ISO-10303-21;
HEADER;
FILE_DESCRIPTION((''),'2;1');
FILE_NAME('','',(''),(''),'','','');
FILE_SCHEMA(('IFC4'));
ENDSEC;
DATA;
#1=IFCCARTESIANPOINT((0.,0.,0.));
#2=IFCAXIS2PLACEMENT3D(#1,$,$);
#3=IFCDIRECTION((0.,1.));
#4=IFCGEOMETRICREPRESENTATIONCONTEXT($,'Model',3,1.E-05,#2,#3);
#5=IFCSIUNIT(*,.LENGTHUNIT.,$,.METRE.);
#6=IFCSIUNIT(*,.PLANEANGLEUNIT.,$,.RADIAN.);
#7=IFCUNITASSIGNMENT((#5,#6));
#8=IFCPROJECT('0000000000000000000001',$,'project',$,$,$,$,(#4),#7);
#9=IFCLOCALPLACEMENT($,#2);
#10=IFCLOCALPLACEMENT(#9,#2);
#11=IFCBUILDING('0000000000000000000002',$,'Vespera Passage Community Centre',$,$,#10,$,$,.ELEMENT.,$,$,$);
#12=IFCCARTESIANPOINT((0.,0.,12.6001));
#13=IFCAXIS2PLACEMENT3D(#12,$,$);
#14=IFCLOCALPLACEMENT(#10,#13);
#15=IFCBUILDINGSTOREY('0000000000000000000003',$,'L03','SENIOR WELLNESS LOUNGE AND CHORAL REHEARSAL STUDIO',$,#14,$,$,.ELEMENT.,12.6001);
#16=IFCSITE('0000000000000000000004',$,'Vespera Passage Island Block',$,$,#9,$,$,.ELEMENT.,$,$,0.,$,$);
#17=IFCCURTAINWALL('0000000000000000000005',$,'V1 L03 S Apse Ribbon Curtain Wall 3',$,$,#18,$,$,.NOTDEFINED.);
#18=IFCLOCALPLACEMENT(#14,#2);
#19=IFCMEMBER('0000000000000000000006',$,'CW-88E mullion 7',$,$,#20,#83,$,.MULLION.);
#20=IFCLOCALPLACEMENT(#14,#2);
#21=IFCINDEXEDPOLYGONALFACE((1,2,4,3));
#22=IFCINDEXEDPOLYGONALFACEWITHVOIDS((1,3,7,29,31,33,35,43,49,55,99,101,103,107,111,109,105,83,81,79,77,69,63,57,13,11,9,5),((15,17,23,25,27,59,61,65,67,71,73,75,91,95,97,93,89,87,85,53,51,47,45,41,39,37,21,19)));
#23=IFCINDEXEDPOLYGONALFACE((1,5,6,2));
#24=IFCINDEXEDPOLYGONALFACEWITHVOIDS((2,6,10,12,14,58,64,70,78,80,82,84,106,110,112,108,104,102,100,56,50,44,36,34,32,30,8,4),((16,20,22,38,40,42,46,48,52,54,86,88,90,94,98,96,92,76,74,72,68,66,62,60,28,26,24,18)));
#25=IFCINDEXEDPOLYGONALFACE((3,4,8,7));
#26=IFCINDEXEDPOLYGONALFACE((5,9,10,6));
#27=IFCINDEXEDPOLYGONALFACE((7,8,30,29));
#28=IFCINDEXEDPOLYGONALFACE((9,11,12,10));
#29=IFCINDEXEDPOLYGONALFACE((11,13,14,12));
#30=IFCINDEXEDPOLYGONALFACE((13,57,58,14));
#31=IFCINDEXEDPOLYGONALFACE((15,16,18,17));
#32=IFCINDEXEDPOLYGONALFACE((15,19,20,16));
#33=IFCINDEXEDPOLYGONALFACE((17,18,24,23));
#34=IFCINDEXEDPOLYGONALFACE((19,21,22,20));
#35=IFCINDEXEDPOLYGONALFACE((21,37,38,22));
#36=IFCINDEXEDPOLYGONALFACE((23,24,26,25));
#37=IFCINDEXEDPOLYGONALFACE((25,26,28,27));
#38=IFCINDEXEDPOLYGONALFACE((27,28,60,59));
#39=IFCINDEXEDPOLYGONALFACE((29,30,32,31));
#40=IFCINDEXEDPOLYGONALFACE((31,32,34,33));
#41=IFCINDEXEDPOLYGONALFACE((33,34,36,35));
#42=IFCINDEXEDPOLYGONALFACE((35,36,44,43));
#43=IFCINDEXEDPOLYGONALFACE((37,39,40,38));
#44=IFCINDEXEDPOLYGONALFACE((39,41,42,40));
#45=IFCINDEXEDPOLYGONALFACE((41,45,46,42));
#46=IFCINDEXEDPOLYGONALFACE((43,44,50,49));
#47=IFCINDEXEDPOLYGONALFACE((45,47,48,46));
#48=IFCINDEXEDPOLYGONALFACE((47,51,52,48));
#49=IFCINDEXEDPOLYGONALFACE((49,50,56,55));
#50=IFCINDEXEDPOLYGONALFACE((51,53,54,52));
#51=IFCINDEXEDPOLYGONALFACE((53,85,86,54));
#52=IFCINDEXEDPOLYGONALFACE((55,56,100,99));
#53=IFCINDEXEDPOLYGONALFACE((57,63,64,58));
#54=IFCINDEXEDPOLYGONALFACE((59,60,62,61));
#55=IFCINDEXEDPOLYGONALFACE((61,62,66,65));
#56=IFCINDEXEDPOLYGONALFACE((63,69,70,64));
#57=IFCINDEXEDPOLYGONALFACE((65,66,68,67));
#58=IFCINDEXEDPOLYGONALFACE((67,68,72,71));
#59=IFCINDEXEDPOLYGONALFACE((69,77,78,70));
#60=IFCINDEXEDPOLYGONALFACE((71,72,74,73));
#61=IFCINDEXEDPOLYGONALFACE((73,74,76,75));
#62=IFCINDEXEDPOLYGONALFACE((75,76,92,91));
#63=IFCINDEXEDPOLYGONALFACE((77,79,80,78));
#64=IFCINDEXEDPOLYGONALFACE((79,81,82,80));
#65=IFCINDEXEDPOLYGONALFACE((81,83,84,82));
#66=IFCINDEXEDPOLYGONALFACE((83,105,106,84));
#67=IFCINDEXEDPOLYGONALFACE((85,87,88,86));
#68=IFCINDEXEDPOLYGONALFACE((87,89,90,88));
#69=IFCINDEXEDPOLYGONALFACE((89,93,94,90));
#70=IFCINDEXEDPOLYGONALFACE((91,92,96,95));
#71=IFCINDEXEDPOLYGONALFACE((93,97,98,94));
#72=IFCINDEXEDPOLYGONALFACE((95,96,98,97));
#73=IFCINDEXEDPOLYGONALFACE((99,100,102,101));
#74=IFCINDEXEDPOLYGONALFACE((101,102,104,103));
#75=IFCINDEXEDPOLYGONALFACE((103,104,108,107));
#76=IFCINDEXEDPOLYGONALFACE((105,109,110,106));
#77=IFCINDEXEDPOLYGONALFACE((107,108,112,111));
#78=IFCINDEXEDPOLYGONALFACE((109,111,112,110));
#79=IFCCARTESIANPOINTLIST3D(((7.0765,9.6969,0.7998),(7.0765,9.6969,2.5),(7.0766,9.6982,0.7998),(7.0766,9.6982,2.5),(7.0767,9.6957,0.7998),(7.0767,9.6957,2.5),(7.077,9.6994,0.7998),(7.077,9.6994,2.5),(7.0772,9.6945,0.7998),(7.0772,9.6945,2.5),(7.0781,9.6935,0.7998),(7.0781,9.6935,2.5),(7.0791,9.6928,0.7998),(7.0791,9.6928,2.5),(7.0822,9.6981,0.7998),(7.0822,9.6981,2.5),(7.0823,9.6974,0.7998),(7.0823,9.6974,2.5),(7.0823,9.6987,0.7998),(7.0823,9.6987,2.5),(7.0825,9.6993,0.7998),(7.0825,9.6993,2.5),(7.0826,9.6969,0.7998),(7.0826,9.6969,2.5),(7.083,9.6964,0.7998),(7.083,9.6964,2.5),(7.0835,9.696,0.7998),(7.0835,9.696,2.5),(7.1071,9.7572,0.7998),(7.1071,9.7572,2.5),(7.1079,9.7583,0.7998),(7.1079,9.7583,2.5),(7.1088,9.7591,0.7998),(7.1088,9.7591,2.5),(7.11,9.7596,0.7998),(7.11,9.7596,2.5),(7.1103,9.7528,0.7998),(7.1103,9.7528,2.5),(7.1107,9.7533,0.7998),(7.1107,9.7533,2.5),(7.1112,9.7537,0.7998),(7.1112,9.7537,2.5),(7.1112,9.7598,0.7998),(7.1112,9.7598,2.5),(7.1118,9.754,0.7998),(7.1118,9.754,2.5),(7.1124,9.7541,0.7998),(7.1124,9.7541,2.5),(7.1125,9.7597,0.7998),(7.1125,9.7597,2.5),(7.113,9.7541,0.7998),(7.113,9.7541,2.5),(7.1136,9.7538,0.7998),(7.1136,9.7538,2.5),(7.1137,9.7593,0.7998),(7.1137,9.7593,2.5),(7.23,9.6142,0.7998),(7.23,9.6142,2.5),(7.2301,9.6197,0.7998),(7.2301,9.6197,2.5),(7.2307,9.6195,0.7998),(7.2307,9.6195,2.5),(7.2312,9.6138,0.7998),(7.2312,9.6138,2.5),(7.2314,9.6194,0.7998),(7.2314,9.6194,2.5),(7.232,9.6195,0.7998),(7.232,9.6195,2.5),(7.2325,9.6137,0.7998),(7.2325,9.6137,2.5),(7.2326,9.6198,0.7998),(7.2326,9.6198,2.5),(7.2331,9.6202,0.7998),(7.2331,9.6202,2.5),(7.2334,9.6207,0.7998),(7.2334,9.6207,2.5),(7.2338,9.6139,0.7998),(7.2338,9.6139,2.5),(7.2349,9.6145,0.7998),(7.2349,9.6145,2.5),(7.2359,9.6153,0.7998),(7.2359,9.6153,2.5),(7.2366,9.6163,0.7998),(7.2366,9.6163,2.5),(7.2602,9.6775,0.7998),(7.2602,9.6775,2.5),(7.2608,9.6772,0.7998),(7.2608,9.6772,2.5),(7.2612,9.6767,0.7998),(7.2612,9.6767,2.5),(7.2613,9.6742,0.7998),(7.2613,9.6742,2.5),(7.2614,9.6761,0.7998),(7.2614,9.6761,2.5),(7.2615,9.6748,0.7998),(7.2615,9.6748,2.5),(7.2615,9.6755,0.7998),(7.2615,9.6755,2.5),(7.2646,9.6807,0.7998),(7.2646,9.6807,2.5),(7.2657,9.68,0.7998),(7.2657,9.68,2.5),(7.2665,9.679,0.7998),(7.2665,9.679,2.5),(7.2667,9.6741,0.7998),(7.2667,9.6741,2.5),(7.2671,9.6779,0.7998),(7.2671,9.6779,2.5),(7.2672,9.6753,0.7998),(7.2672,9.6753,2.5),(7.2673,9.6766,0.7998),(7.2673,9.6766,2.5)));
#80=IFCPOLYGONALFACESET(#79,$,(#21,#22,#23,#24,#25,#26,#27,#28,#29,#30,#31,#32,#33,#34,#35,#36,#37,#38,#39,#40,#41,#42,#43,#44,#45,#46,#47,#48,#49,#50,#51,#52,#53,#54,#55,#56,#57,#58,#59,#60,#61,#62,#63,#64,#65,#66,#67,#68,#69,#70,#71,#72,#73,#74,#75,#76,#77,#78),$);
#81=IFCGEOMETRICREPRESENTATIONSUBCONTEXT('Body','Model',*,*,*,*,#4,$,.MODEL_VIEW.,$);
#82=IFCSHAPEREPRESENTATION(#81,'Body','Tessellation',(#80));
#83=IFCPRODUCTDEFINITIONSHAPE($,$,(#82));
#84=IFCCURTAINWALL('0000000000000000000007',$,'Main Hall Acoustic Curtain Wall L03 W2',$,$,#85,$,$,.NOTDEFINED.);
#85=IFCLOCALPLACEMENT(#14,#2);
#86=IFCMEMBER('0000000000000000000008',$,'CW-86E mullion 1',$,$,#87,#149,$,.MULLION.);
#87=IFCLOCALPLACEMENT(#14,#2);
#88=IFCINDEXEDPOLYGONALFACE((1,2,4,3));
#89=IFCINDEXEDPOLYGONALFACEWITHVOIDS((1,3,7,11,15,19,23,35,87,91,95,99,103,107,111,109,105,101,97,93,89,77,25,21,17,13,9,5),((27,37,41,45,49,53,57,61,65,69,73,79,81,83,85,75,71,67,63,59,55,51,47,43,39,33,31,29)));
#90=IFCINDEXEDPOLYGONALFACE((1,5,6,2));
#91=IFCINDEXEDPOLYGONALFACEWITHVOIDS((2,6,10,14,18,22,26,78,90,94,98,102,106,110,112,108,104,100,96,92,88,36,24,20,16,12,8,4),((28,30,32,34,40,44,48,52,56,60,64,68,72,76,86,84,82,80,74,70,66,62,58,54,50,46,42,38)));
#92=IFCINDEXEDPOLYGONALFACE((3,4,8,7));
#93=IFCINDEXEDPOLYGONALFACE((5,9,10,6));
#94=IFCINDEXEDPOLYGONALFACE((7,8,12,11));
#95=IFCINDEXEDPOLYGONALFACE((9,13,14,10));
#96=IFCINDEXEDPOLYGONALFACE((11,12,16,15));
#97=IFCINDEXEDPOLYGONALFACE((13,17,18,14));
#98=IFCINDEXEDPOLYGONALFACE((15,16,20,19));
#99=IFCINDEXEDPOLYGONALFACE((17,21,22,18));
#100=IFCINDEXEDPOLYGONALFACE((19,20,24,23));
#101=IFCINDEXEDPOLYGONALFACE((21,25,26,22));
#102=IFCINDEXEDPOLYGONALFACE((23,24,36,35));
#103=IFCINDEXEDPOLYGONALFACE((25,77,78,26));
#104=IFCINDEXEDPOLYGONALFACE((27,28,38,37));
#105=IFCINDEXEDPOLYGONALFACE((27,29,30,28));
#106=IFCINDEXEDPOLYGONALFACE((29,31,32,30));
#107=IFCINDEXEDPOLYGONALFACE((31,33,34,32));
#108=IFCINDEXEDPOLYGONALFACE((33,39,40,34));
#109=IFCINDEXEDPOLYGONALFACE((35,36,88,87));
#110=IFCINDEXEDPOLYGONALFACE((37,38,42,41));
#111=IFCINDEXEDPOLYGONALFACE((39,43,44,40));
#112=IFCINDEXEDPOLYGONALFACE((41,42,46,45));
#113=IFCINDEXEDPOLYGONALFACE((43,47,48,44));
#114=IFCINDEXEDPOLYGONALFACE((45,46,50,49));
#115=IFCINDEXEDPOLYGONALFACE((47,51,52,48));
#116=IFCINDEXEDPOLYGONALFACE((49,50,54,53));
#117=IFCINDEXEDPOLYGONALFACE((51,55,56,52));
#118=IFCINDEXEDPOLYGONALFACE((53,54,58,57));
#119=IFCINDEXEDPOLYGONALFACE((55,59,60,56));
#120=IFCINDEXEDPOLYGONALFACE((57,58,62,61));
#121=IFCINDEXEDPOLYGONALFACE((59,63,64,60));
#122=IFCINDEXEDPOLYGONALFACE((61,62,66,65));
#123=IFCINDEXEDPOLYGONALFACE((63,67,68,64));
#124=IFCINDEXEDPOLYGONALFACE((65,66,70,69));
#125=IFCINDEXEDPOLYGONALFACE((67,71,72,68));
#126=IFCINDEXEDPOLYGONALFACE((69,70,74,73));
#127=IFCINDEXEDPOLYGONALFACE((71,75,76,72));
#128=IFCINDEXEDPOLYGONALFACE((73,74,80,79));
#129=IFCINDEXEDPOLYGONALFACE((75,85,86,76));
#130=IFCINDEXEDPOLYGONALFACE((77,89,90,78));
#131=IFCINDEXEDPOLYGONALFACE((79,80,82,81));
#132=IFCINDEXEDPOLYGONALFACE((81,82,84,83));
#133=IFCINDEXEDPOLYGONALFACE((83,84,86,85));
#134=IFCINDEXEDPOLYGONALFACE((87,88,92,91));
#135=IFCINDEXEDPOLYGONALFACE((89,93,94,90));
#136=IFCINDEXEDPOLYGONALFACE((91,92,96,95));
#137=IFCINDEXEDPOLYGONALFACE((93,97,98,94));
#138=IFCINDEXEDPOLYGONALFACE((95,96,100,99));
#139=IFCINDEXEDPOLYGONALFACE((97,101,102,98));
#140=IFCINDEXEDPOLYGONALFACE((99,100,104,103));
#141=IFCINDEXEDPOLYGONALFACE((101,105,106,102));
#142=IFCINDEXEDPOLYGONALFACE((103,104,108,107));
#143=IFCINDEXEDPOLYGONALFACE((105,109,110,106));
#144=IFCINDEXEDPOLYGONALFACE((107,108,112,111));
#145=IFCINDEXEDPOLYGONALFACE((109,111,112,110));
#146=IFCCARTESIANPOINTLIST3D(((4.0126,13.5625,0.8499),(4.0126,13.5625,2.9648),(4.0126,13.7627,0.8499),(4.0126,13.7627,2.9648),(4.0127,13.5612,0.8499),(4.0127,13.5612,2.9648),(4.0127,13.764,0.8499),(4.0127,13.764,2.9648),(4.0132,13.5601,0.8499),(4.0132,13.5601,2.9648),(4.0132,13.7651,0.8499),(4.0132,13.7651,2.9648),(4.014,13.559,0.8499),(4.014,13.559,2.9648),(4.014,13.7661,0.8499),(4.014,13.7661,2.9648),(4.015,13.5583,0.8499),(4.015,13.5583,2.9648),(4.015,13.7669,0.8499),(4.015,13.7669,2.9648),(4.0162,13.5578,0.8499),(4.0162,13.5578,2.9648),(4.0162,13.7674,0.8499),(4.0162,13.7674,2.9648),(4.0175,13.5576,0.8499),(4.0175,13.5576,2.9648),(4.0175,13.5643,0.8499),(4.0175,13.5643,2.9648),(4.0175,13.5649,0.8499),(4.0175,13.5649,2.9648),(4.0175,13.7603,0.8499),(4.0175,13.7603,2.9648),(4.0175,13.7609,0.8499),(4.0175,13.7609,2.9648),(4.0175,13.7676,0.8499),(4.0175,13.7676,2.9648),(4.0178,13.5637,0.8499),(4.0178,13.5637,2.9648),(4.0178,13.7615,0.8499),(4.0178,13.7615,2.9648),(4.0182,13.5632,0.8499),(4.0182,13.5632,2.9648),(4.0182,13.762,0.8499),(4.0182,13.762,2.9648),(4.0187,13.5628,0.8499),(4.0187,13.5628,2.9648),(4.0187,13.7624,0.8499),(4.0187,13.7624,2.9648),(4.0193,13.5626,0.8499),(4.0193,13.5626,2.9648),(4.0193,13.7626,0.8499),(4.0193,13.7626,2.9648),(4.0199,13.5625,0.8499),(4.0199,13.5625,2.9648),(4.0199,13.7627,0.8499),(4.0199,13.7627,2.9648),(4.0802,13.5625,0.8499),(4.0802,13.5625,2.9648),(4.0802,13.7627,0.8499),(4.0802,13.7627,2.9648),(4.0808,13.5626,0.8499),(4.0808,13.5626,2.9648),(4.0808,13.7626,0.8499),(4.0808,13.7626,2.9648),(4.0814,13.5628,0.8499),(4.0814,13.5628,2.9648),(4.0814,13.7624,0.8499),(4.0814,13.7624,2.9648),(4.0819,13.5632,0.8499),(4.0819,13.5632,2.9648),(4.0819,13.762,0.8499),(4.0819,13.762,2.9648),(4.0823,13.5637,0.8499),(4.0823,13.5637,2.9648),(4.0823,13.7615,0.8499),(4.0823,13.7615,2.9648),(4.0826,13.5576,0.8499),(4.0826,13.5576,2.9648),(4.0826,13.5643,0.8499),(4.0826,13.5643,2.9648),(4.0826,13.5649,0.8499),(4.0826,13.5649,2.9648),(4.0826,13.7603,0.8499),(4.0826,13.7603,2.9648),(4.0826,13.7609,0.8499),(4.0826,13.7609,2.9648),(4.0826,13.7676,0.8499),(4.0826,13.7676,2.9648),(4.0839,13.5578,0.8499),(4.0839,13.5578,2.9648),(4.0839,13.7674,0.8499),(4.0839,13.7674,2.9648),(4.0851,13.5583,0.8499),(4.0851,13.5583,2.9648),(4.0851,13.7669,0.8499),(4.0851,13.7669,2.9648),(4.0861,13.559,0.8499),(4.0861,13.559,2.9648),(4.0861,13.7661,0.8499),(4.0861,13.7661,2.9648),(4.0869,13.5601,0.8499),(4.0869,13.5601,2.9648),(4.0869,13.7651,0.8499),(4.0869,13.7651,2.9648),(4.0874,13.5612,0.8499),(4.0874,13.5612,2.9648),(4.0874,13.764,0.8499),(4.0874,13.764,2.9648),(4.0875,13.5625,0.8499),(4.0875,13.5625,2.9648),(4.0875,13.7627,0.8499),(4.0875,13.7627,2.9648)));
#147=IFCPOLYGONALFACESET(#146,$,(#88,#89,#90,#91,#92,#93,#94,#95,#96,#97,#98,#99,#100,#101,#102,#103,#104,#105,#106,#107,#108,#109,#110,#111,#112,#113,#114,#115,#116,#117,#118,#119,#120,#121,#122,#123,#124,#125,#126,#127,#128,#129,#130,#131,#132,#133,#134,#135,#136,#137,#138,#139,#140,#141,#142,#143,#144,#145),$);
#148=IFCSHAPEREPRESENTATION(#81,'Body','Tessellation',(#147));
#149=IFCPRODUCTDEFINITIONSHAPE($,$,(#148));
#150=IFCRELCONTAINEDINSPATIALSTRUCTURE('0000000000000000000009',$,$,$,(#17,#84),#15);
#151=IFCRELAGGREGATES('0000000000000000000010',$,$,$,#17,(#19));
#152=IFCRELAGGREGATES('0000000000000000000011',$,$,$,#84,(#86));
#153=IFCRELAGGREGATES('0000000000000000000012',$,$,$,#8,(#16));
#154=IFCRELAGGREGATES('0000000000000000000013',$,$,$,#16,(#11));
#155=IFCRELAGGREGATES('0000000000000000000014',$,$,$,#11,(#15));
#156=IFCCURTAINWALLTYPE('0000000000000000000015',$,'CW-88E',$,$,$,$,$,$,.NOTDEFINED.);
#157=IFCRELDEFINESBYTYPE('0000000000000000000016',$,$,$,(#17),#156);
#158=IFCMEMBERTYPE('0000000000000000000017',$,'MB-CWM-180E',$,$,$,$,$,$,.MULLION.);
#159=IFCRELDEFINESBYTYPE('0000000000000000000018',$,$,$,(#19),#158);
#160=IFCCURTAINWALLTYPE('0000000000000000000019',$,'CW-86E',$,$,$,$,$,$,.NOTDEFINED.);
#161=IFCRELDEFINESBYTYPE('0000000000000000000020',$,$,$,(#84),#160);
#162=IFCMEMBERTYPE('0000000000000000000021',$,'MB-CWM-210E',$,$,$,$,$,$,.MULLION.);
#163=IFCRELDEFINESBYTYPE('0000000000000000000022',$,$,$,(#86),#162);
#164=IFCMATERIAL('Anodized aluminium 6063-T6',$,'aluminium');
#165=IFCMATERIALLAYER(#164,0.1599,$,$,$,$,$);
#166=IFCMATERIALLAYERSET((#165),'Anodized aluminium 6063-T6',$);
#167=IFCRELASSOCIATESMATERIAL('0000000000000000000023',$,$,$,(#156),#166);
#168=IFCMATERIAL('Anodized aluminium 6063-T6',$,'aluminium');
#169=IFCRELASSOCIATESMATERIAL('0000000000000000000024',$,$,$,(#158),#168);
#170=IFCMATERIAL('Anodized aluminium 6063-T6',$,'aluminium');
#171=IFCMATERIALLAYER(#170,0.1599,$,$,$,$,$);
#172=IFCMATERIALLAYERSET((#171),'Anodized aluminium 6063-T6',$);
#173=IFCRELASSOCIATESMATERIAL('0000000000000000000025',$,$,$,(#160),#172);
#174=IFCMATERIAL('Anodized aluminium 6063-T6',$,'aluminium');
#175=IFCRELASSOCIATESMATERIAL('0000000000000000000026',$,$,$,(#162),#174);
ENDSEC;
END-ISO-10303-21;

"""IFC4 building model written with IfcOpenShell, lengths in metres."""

from ifc_helpers import new_model, si_unit, direction, frame, origin, origin_2d, place, context, subcontext, project, spatial, hollow_rectangle, extrude, material, layer, layer_set, material_profile, profile_set, type_object, element, aggregate, save


model = new_model("IFC4")

# Units and contexts
model_context = context("Model", 3, precision=1e-05, world=origin(), true_north=direction((0.0, 1.0)))
body_context = subcontext(model_context, "Body", "Model", "MODEL_VIEW")
ifc_project = project(units=[si_unit("LENGTHUNIT", "METRE"), si_unit("PLANEANGLEUNIT", "RADIAN")], contexts=[model_context])

# Site, building, storey
site_placement = place(None, origin())
site = spatial("IfcSite", under=ifc_project, at=site_placement, Name="Vespera Passage Island Block", CompositionType="ELEMENT", RefElevation=0.0)
building_placement = place(site_placement, origin())
building = spatial("IfcBuilding", under=site, at=building_placement, Name="Vespera Passage Community Centre", CompositionType="ELEMENT")
storey_placement = place(building_placement, frame((0.0, 0.0, 12.6001)))
storey = spatial("IfcBuildingStorey", under=building, at=storey_placement, Name="L03", Description="SENIOR WELLNESS LOUNGE AND CHORAL REHEARSAL STUDIO", CompositionType="ELEMENT", Elevation=12.6001)

# Curtain wall, member
ifc_material_1 = material(Name="Anodized aluminium 6063-T6", Category="aluminium")
ifc_layer_1 = layer(ifc_material_1, 0.1599)
ifc_layer_set_1 = layer_set([ifc_layer_1], Name="Anodized aluminium 6063-T6")
curtain_wall_type_1 = type_object("IfcCurtainWallType", Name="CW-88E", PredefinedType="NOTDEFINED", material=ifc_layer_set_1)
curtain_wall_1_placement = place(storey_placement, origin())
curtain_wall_1 = element("IfcCurtainWall", 1, at=curtain_wall_1_placement, inside=storey, type_object=curtain_wall_type_1, Name="V1 L03 S Apse Ribbon Curtain Wall 3", PredefinedType="NOTDEFINED")
ifc_material_2 = material(Name="Anodized aluminium 6063-T6", Category="aluminium")
ifc_material_profile_1 = material_profile(ifc_material_2, hollow_rectangle(XDim=0.075, YDim=0.1799, WallThickness=0.0049, InnerFilletRadius=0.0024, OuterFilletRadius=0.0049, at=origin_2d()), Name="ALU180X75X5")
ifc_profile_set_1 = profile_set([ifc_material_profile_1], Name="Anodized aluminium 6063-T6")
member_type_1 = type_object("IfcMemberType", Name="MB-CWM-180E", PredefinedType="MULLION", material=ifc_profile_set_1)
member_1_placement = place(storey_placement, frame((7.1719, 9.6868, 0.7998), z_axis=(0.0, 0.0, 1.0), x_axis=(-0.461745, -0.887013, 0.0)))
member_1 = element("IfcMember", 2, at=member_1_placement, type_object=member_type_1, Name="CW-88E mullion 7", PredefinedType="MULLION", context=body_context, shape_type="SweptSolid", body=[
    extrude(hollow_rectangle(XDim=0.075, YDim=0.1799, WallThickness=0.0049, InnerFilletRadius=0.0024, OuterFilletRadius=0.0049, at=origin_2d()), origin(), (0.0, 0.0, 1.0), 1.7002),
])
aggregate(curtain_wall_1, [member_1])

# Curtain wall, member
ifc_material_3 = material(Name="Anodized aluminium 6063-T6", Category="aluminium")
ifc_layer_2 = layer(ifc_material_3, 0.1599)
ifc_layer_set_2 = layer_set([ifc_layer_2], Name="Anodized aluminium 6063-T6")
curtain_wall_type_2 = type_object("IfcCurtainWallType", Name="CW-86E", PredefinedType="NOTDEFINED", material=ifc_layer_set_2)
curtain_wall_2_placement = place(storey_placement, origin())
curtain_wall_2 = element("IfcCurtainWall", 3, at=curtain_wall_2_placement, inside=storey, type_object=curtain_wall_type_2, Name="Main Hall Acoustic Curtain Wall L03 W2", PredefinedType="NOTDEFINED")
ifc_material_4 = material(Name="Anodized aluminium 6063-T6", Category="aluminium")
ifc_material_profile_2 = material_profile(ifc_material_4, hollow_rectangle(XDim=0.075, YDim=0.21, WallThickness=0.0049, InnerFilletRadius=0.0024, OuterFilletRadius=0.0049, at=origin_2d()), Name="ALU210X75X5")
ifc_profile_set_2 = profile_set([ifc_material_profile_2], Name="Anodized aluminium 6063-T6")
member_type_2 = type_object("IfcMemberType", Name="MB-CWM-210E", PredefinedType="MULLION", material=ifc_profile_set_2)
member_2_placement = place(storey_placement, frame((4.05, 13.6626, 0.8499), z_axis=(0.0, 0.0, 1.0), x_axis=(-1.0, 0.0, 0.0)))
member_2 = element("IfcMember", 4, at=member_2_placement, type_object=member_type_2, Name="CW-86E mullion 1", PredefinedType="MULLION", context=body_context, shape_type="SweptSolid", body=[
    extrude(hollow_rectangle(XDim=0.075, YDim=0.21, WallThickness=0.0049, InnerFilletRadius=0.0024, OuterFilletRadius=0.0049, at=origin_2d()), origin(), (0.0, 0.0, 1.0), 2.115),
])
aggregate(curtain_wall_2, [member_2])

save(model, "model.ifc")
